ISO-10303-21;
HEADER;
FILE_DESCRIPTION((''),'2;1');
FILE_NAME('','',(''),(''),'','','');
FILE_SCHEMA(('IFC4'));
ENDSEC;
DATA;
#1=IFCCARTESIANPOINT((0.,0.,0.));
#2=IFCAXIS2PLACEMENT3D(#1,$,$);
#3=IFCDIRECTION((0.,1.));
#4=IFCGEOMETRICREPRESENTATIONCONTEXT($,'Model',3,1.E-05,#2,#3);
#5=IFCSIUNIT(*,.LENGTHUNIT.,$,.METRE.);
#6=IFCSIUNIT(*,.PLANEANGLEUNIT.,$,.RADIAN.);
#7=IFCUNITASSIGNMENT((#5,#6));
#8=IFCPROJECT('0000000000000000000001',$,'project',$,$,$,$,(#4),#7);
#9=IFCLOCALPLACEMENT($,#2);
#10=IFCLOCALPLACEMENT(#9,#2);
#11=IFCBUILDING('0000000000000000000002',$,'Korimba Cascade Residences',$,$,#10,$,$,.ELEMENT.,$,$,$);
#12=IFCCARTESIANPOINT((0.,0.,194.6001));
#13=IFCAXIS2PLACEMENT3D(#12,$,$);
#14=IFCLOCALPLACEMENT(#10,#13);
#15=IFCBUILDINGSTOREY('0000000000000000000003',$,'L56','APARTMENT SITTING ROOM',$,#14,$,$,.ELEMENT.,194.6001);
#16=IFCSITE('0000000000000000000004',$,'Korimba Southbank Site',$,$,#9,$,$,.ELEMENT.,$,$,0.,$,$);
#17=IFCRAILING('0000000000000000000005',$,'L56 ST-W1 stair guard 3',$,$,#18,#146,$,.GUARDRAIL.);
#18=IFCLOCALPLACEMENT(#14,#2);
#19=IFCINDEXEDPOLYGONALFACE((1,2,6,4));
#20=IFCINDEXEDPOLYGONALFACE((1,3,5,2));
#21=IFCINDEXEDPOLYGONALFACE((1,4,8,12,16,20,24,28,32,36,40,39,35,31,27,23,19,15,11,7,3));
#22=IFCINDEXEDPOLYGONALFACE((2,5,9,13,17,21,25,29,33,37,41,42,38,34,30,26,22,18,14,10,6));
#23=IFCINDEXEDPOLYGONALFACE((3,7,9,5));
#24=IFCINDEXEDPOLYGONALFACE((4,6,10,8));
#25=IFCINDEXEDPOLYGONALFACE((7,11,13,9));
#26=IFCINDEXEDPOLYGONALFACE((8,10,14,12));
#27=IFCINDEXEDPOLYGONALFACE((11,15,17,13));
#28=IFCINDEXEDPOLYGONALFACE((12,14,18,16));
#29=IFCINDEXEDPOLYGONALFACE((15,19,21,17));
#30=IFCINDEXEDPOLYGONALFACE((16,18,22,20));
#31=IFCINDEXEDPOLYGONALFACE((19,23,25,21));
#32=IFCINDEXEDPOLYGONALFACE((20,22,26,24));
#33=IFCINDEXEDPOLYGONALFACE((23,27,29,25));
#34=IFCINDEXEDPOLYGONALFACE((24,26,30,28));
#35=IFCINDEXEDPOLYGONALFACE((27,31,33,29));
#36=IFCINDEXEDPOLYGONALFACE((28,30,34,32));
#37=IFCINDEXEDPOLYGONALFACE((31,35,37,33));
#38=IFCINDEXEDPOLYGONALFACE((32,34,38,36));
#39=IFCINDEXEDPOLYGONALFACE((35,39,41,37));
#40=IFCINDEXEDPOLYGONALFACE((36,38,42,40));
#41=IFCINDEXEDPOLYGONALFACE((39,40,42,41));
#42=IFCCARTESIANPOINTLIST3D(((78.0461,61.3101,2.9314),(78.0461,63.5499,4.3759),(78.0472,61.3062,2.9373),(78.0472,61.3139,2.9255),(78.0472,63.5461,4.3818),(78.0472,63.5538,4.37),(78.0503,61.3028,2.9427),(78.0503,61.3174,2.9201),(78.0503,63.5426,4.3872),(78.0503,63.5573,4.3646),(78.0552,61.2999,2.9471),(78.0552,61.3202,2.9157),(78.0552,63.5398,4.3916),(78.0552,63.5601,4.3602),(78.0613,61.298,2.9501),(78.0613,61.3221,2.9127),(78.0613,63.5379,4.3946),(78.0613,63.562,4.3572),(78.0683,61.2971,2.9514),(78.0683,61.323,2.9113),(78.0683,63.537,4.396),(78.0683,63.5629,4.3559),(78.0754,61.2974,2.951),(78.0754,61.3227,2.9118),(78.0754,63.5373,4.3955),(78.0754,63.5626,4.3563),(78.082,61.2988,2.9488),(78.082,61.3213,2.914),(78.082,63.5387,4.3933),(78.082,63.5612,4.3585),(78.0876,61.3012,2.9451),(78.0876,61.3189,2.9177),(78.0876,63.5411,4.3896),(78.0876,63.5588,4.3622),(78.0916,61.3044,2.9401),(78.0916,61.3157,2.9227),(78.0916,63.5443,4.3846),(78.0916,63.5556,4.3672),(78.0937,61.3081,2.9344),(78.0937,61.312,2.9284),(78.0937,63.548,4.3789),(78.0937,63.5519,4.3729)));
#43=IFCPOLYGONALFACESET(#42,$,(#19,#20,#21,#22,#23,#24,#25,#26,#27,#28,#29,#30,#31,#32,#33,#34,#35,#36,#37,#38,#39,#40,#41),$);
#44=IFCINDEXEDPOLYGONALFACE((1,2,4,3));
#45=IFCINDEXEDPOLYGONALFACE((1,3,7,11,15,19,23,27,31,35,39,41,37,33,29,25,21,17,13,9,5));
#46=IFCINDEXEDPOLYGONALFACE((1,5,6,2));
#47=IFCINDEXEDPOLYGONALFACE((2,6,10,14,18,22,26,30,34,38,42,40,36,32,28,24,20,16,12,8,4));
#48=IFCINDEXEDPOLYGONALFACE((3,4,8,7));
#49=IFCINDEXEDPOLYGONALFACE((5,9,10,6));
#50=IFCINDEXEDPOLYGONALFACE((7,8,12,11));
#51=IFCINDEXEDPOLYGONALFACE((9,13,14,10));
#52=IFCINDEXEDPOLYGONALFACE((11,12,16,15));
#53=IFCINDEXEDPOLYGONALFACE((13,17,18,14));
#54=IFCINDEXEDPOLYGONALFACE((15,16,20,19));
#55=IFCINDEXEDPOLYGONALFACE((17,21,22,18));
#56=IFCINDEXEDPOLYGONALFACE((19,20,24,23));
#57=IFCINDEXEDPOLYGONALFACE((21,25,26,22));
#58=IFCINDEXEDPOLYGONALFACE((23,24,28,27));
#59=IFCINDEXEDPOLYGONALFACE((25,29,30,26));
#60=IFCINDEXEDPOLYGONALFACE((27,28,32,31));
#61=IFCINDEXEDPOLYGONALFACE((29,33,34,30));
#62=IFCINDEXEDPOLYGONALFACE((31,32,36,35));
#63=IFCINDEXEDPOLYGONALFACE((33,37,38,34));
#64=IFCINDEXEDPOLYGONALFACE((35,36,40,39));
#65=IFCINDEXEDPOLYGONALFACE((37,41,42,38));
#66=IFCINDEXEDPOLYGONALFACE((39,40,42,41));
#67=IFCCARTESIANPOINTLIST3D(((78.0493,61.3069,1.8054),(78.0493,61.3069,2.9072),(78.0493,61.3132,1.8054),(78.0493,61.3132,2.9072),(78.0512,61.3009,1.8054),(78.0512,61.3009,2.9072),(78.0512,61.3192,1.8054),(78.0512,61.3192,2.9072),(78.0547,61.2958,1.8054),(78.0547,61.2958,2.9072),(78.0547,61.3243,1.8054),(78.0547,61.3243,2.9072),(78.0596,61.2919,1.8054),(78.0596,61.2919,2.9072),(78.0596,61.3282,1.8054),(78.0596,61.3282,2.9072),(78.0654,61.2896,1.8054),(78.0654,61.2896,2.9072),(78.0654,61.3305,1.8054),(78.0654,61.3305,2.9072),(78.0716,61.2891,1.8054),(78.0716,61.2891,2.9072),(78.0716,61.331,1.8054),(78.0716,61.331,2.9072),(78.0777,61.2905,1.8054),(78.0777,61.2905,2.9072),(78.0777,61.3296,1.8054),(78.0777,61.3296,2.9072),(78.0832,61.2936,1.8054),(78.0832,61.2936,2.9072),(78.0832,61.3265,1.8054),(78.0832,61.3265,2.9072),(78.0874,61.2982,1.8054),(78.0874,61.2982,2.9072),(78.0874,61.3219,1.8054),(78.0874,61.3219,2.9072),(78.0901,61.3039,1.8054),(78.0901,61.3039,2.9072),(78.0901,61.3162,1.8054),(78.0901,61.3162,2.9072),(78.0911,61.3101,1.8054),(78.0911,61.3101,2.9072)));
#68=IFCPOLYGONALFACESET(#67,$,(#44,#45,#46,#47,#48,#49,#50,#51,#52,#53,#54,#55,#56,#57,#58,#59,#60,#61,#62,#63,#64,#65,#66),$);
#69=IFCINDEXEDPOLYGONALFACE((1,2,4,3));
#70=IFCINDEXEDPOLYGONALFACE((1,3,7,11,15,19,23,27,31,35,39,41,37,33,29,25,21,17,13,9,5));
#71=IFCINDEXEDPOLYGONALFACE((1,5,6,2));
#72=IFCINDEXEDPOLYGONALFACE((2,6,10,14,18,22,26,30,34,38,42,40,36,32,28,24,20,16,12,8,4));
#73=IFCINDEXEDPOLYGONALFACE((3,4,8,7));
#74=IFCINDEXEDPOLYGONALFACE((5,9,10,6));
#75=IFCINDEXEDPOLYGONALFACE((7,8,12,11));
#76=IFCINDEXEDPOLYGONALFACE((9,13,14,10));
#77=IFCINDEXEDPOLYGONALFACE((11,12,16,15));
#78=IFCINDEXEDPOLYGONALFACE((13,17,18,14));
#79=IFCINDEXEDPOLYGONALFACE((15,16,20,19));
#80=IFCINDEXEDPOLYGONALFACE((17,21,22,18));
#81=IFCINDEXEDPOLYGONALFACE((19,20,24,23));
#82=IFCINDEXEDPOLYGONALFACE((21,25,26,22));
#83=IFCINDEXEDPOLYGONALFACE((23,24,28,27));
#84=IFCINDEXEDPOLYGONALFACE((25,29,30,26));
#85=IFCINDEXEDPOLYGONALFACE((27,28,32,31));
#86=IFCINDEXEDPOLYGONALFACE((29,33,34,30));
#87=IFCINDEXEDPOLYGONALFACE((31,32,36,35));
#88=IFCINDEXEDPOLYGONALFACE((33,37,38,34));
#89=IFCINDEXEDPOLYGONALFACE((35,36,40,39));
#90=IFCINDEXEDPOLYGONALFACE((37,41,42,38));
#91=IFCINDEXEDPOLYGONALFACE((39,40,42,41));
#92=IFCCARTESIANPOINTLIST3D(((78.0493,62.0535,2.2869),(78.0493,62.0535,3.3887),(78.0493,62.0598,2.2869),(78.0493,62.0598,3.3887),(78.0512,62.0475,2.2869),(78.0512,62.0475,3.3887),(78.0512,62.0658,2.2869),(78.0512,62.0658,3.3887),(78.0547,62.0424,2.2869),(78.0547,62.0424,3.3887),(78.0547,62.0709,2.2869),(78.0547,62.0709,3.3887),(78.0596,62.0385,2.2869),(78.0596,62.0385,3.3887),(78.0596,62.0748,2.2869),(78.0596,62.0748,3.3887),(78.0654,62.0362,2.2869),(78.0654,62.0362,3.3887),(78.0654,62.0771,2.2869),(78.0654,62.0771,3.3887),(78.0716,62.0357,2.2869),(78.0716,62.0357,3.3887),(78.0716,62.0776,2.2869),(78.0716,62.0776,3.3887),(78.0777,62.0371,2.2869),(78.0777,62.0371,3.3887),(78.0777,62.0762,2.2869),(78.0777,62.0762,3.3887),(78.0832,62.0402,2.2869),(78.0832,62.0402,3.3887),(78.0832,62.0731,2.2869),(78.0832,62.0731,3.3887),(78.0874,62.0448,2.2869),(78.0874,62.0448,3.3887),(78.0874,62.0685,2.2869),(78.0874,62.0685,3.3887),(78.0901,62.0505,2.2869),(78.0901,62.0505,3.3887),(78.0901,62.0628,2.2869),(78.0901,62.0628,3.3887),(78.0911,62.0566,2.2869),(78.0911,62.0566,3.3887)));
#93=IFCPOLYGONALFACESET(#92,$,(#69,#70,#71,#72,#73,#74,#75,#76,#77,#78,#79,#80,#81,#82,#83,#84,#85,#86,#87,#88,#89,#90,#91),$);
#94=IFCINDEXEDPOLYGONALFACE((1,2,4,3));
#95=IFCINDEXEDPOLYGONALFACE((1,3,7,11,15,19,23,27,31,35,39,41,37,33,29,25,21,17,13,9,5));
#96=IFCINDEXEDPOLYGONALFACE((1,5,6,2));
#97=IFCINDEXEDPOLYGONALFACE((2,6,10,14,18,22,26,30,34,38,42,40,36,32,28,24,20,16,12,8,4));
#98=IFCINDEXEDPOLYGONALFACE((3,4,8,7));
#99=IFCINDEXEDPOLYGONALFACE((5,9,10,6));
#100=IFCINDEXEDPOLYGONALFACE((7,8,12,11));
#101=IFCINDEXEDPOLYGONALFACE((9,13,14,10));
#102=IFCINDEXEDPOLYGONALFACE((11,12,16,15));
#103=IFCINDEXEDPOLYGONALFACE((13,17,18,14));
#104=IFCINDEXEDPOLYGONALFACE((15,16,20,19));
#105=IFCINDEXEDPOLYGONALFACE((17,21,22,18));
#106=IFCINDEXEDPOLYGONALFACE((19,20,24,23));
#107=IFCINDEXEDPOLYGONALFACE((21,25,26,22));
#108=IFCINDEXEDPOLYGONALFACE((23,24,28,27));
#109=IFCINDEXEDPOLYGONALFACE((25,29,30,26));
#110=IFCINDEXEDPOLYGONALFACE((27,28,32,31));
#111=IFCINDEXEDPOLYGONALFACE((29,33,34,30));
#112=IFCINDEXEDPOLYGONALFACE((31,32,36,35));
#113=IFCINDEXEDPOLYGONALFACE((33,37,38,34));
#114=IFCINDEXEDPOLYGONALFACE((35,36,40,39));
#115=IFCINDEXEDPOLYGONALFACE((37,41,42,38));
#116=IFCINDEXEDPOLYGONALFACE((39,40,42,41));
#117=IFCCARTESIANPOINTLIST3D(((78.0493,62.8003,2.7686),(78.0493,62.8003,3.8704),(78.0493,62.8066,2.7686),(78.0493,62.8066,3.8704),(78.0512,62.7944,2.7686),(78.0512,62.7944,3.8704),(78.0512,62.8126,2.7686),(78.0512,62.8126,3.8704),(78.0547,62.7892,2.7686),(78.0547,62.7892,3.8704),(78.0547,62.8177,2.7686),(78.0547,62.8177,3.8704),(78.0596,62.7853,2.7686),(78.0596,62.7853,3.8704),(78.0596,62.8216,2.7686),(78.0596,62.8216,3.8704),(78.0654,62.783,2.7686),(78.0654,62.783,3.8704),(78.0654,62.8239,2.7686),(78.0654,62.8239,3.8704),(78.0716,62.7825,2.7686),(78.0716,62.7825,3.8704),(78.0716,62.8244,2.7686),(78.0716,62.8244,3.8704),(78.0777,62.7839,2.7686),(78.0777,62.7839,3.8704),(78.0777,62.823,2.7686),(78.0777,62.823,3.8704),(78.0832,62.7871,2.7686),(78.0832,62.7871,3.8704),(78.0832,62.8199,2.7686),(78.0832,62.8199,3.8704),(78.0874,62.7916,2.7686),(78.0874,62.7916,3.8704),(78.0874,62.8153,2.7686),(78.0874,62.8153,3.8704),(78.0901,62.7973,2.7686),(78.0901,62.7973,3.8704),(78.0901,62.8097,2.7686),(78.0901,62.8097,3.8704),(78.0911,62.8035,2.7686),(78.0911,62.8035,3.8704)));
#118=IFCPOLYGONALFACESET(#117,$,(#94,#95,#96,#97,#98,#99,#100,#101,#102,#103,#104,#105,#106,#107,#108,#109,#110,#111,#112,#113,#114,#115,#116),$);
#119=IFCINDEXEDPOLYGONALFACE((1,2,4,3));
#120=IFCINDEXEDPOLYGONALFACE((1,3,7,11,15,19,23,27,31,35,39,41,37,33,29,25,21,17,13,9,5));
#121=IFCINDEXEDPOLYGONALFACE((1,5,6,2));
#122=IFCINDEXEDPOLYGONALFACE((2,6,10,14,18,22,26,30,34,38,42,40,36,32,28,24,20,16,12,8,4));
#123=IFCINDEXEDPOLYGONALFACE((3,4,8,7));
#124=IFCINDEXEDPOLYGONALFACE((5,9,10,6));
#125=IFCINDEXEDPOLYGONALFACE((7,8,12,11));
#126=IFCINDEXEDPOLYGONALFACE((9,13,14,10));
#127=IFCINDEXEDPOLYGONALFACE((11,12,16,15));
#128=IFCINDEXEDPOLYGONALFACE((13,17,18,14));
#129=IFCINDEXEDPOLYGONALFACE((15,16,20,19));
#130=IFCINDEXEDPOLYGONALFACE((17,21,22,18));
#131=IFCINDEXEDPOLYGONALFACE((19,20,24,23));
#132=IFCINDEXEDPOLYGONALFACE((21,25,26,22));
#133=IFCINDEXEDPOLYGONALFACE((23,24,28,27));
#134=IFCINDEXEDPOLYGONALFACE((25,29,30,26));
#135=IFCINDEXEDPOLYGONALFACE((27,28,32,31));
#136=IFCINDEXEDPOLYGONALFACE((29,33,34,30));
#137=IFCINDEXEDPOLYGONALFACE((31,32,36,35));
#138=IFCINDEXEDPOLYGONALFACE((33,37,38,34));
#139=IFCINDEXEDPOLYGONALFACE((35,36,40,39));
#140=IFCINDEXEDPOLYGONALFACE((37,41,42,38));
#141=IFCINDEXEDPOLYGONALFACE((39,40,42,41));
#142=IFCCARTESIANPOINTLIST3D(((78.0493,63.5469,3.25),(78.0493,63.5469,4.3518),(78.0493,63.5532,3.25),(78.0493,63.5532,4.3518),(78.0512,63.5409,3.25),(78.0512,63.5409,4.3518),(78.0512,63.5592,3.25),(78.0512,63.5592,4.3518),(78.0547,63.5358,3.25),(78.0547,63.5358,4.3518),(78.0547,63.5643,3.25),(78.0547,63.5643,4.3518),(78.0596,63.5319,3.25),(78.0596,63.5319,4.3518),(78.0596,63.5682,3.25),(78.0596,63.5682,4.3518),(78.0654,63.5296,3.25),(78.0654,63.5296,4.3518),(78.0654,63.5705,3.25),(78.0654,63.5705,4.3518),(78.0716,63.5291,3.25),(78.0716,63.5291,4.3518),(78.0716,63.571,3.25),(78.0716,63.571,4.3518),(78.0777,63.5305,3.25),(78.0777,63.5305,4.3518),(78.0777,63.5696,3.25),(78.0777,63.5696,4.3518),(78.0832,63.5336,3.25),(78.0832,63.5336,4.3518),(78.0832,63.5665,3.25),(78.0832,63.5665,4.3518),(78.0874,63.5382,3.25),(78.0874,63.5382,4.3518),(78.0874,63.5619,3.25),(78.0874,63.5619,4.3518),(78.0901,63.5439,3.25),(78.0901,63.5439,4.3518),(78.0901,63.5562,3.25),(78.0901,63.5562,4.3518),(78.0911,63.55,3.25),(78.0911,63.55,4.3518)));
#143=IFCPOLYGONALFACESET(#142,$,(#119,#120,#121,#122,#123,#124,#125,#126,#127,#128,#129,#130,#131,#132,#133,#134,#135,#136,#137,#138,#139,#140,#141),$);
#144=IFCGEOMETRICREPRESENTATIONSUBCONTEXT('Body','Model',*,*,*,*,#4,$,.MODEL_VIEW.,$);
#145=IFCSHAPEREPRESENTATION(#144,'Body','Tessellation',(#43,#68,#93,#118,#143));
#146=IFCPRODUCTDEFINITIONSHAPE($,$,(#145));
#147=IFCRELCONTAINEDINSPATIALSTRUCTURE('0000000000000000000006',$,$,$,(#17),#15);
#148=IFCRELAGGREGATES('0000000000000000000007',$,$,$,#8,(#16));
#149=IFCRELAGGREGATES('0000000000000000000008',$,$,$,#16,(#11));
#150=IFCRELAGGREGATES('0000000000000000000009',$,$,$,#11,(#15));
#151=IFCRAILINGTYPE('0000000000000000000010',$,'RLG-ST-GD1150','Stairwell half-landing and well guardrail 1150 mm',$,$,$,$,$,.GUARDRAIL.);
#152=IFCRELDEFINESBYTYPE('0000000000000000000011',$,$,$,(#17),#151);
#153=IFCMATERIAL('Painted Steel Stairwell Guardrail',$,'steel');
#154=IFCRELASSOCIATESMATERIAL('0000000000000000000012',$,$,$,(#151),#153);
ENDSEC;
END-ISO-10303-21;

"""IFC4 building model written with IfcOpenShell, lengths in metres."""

from ifc_helpers import new_model, si_unit, direction, frame, origin, origin_2d, place, context, subcontext, project, spatial, circle, extrude, material, type_object, element, save


model = new_model("IFC4")

# Units and contexts
model_context = context("Model", 3, precision=1e-05, world=origin(), true_north=direction((0.0, 1.0)))
body_context = subcontext(model_context, "Body", "Model", "MODEL_VIEW")
ifc_project = project(units=[si_unit("LENGTHUNIT", "METRE"), si_unit("PLANEANGLEUNIT", "RADIAN")], contexts=[model_context])

# Site, building, storey
site_placement = place(None, origin())
site = spatial("IfcSite", under=ifc_project, at=site_placement, Name="Korimba Southbank Site", CompositionType="ELEMENT", RefElevation=0.0)
building_placement = place(site_placement, origin())
building = spatial("IfcBuilding", under=site, at=building_placement, Name="Korimba Cascade Residences", CompositionType="ELEMENT")
storey_placement = place(building_placement, frame((0.0, 0.0, 194.6001)))
storey = spatial("IfcBuildingStorey", under=building, at=storey_placement, Name="L56", Description="APARTMENT SITTING ROOM", CompositionType="ELEMENT", Elevation=194.6001)

# Railing
ifc_material_1 = material(Name="Painted Steel Stairwell Guardrail", Category="steel")
railing_type_1 = type_object("IfcRailingType", Name="RLG-ST-GD1150", Description="Stairwell half-landing and well guardrail 1150 mm", PredefinedType="GUARDRAIL", material=ifc_material_1)
railing_1_placement = place(storey_placement, frame((78.0701, 61.3101, 1.8054)))
element("IfcRailing", 1, at=railing_1_placement, inside=storey, type_object=railing_type_1, Name="L56 ST-W1 stair guard 3", PredefinedType="GUARDRAIL", context=body_context, shape_type="SweptSolid", body=[
    extrude(circle(Radius=0.0239, at=origin_2d()), frame((0.0, 0.0, 1.126), z_axis=(0.0, 0.840395, 0.541975), x_axis=(-1.0, 0.0, 0.0)), (0.0, 0.0, 1.0), 2.6653),
    extrude(circle(Radius=0.021, at=origin_2d()), origin(), (0.0, 0.0, 1.0), 1.1018),
    extrude(circle(Radius=0.021, at=origin_2d()), frame((0.0, 0.7466, 0.4814)), (0.0, 0.0, 1.0), 1.1018),
    extrude(circle(Radius=0.021, at=origin_2d()), frame((0.0, 1.4934, 0.9631)), (0.0, 0.0, 1.0), 1.1018),
    extrude(circle(Radius=0.021, at=origin_2d()), frame((0.0, 2.24, 1.4446)), (0.0, 0.0, 1.0), 1.1018),
])

save(model, "model.ifc")
